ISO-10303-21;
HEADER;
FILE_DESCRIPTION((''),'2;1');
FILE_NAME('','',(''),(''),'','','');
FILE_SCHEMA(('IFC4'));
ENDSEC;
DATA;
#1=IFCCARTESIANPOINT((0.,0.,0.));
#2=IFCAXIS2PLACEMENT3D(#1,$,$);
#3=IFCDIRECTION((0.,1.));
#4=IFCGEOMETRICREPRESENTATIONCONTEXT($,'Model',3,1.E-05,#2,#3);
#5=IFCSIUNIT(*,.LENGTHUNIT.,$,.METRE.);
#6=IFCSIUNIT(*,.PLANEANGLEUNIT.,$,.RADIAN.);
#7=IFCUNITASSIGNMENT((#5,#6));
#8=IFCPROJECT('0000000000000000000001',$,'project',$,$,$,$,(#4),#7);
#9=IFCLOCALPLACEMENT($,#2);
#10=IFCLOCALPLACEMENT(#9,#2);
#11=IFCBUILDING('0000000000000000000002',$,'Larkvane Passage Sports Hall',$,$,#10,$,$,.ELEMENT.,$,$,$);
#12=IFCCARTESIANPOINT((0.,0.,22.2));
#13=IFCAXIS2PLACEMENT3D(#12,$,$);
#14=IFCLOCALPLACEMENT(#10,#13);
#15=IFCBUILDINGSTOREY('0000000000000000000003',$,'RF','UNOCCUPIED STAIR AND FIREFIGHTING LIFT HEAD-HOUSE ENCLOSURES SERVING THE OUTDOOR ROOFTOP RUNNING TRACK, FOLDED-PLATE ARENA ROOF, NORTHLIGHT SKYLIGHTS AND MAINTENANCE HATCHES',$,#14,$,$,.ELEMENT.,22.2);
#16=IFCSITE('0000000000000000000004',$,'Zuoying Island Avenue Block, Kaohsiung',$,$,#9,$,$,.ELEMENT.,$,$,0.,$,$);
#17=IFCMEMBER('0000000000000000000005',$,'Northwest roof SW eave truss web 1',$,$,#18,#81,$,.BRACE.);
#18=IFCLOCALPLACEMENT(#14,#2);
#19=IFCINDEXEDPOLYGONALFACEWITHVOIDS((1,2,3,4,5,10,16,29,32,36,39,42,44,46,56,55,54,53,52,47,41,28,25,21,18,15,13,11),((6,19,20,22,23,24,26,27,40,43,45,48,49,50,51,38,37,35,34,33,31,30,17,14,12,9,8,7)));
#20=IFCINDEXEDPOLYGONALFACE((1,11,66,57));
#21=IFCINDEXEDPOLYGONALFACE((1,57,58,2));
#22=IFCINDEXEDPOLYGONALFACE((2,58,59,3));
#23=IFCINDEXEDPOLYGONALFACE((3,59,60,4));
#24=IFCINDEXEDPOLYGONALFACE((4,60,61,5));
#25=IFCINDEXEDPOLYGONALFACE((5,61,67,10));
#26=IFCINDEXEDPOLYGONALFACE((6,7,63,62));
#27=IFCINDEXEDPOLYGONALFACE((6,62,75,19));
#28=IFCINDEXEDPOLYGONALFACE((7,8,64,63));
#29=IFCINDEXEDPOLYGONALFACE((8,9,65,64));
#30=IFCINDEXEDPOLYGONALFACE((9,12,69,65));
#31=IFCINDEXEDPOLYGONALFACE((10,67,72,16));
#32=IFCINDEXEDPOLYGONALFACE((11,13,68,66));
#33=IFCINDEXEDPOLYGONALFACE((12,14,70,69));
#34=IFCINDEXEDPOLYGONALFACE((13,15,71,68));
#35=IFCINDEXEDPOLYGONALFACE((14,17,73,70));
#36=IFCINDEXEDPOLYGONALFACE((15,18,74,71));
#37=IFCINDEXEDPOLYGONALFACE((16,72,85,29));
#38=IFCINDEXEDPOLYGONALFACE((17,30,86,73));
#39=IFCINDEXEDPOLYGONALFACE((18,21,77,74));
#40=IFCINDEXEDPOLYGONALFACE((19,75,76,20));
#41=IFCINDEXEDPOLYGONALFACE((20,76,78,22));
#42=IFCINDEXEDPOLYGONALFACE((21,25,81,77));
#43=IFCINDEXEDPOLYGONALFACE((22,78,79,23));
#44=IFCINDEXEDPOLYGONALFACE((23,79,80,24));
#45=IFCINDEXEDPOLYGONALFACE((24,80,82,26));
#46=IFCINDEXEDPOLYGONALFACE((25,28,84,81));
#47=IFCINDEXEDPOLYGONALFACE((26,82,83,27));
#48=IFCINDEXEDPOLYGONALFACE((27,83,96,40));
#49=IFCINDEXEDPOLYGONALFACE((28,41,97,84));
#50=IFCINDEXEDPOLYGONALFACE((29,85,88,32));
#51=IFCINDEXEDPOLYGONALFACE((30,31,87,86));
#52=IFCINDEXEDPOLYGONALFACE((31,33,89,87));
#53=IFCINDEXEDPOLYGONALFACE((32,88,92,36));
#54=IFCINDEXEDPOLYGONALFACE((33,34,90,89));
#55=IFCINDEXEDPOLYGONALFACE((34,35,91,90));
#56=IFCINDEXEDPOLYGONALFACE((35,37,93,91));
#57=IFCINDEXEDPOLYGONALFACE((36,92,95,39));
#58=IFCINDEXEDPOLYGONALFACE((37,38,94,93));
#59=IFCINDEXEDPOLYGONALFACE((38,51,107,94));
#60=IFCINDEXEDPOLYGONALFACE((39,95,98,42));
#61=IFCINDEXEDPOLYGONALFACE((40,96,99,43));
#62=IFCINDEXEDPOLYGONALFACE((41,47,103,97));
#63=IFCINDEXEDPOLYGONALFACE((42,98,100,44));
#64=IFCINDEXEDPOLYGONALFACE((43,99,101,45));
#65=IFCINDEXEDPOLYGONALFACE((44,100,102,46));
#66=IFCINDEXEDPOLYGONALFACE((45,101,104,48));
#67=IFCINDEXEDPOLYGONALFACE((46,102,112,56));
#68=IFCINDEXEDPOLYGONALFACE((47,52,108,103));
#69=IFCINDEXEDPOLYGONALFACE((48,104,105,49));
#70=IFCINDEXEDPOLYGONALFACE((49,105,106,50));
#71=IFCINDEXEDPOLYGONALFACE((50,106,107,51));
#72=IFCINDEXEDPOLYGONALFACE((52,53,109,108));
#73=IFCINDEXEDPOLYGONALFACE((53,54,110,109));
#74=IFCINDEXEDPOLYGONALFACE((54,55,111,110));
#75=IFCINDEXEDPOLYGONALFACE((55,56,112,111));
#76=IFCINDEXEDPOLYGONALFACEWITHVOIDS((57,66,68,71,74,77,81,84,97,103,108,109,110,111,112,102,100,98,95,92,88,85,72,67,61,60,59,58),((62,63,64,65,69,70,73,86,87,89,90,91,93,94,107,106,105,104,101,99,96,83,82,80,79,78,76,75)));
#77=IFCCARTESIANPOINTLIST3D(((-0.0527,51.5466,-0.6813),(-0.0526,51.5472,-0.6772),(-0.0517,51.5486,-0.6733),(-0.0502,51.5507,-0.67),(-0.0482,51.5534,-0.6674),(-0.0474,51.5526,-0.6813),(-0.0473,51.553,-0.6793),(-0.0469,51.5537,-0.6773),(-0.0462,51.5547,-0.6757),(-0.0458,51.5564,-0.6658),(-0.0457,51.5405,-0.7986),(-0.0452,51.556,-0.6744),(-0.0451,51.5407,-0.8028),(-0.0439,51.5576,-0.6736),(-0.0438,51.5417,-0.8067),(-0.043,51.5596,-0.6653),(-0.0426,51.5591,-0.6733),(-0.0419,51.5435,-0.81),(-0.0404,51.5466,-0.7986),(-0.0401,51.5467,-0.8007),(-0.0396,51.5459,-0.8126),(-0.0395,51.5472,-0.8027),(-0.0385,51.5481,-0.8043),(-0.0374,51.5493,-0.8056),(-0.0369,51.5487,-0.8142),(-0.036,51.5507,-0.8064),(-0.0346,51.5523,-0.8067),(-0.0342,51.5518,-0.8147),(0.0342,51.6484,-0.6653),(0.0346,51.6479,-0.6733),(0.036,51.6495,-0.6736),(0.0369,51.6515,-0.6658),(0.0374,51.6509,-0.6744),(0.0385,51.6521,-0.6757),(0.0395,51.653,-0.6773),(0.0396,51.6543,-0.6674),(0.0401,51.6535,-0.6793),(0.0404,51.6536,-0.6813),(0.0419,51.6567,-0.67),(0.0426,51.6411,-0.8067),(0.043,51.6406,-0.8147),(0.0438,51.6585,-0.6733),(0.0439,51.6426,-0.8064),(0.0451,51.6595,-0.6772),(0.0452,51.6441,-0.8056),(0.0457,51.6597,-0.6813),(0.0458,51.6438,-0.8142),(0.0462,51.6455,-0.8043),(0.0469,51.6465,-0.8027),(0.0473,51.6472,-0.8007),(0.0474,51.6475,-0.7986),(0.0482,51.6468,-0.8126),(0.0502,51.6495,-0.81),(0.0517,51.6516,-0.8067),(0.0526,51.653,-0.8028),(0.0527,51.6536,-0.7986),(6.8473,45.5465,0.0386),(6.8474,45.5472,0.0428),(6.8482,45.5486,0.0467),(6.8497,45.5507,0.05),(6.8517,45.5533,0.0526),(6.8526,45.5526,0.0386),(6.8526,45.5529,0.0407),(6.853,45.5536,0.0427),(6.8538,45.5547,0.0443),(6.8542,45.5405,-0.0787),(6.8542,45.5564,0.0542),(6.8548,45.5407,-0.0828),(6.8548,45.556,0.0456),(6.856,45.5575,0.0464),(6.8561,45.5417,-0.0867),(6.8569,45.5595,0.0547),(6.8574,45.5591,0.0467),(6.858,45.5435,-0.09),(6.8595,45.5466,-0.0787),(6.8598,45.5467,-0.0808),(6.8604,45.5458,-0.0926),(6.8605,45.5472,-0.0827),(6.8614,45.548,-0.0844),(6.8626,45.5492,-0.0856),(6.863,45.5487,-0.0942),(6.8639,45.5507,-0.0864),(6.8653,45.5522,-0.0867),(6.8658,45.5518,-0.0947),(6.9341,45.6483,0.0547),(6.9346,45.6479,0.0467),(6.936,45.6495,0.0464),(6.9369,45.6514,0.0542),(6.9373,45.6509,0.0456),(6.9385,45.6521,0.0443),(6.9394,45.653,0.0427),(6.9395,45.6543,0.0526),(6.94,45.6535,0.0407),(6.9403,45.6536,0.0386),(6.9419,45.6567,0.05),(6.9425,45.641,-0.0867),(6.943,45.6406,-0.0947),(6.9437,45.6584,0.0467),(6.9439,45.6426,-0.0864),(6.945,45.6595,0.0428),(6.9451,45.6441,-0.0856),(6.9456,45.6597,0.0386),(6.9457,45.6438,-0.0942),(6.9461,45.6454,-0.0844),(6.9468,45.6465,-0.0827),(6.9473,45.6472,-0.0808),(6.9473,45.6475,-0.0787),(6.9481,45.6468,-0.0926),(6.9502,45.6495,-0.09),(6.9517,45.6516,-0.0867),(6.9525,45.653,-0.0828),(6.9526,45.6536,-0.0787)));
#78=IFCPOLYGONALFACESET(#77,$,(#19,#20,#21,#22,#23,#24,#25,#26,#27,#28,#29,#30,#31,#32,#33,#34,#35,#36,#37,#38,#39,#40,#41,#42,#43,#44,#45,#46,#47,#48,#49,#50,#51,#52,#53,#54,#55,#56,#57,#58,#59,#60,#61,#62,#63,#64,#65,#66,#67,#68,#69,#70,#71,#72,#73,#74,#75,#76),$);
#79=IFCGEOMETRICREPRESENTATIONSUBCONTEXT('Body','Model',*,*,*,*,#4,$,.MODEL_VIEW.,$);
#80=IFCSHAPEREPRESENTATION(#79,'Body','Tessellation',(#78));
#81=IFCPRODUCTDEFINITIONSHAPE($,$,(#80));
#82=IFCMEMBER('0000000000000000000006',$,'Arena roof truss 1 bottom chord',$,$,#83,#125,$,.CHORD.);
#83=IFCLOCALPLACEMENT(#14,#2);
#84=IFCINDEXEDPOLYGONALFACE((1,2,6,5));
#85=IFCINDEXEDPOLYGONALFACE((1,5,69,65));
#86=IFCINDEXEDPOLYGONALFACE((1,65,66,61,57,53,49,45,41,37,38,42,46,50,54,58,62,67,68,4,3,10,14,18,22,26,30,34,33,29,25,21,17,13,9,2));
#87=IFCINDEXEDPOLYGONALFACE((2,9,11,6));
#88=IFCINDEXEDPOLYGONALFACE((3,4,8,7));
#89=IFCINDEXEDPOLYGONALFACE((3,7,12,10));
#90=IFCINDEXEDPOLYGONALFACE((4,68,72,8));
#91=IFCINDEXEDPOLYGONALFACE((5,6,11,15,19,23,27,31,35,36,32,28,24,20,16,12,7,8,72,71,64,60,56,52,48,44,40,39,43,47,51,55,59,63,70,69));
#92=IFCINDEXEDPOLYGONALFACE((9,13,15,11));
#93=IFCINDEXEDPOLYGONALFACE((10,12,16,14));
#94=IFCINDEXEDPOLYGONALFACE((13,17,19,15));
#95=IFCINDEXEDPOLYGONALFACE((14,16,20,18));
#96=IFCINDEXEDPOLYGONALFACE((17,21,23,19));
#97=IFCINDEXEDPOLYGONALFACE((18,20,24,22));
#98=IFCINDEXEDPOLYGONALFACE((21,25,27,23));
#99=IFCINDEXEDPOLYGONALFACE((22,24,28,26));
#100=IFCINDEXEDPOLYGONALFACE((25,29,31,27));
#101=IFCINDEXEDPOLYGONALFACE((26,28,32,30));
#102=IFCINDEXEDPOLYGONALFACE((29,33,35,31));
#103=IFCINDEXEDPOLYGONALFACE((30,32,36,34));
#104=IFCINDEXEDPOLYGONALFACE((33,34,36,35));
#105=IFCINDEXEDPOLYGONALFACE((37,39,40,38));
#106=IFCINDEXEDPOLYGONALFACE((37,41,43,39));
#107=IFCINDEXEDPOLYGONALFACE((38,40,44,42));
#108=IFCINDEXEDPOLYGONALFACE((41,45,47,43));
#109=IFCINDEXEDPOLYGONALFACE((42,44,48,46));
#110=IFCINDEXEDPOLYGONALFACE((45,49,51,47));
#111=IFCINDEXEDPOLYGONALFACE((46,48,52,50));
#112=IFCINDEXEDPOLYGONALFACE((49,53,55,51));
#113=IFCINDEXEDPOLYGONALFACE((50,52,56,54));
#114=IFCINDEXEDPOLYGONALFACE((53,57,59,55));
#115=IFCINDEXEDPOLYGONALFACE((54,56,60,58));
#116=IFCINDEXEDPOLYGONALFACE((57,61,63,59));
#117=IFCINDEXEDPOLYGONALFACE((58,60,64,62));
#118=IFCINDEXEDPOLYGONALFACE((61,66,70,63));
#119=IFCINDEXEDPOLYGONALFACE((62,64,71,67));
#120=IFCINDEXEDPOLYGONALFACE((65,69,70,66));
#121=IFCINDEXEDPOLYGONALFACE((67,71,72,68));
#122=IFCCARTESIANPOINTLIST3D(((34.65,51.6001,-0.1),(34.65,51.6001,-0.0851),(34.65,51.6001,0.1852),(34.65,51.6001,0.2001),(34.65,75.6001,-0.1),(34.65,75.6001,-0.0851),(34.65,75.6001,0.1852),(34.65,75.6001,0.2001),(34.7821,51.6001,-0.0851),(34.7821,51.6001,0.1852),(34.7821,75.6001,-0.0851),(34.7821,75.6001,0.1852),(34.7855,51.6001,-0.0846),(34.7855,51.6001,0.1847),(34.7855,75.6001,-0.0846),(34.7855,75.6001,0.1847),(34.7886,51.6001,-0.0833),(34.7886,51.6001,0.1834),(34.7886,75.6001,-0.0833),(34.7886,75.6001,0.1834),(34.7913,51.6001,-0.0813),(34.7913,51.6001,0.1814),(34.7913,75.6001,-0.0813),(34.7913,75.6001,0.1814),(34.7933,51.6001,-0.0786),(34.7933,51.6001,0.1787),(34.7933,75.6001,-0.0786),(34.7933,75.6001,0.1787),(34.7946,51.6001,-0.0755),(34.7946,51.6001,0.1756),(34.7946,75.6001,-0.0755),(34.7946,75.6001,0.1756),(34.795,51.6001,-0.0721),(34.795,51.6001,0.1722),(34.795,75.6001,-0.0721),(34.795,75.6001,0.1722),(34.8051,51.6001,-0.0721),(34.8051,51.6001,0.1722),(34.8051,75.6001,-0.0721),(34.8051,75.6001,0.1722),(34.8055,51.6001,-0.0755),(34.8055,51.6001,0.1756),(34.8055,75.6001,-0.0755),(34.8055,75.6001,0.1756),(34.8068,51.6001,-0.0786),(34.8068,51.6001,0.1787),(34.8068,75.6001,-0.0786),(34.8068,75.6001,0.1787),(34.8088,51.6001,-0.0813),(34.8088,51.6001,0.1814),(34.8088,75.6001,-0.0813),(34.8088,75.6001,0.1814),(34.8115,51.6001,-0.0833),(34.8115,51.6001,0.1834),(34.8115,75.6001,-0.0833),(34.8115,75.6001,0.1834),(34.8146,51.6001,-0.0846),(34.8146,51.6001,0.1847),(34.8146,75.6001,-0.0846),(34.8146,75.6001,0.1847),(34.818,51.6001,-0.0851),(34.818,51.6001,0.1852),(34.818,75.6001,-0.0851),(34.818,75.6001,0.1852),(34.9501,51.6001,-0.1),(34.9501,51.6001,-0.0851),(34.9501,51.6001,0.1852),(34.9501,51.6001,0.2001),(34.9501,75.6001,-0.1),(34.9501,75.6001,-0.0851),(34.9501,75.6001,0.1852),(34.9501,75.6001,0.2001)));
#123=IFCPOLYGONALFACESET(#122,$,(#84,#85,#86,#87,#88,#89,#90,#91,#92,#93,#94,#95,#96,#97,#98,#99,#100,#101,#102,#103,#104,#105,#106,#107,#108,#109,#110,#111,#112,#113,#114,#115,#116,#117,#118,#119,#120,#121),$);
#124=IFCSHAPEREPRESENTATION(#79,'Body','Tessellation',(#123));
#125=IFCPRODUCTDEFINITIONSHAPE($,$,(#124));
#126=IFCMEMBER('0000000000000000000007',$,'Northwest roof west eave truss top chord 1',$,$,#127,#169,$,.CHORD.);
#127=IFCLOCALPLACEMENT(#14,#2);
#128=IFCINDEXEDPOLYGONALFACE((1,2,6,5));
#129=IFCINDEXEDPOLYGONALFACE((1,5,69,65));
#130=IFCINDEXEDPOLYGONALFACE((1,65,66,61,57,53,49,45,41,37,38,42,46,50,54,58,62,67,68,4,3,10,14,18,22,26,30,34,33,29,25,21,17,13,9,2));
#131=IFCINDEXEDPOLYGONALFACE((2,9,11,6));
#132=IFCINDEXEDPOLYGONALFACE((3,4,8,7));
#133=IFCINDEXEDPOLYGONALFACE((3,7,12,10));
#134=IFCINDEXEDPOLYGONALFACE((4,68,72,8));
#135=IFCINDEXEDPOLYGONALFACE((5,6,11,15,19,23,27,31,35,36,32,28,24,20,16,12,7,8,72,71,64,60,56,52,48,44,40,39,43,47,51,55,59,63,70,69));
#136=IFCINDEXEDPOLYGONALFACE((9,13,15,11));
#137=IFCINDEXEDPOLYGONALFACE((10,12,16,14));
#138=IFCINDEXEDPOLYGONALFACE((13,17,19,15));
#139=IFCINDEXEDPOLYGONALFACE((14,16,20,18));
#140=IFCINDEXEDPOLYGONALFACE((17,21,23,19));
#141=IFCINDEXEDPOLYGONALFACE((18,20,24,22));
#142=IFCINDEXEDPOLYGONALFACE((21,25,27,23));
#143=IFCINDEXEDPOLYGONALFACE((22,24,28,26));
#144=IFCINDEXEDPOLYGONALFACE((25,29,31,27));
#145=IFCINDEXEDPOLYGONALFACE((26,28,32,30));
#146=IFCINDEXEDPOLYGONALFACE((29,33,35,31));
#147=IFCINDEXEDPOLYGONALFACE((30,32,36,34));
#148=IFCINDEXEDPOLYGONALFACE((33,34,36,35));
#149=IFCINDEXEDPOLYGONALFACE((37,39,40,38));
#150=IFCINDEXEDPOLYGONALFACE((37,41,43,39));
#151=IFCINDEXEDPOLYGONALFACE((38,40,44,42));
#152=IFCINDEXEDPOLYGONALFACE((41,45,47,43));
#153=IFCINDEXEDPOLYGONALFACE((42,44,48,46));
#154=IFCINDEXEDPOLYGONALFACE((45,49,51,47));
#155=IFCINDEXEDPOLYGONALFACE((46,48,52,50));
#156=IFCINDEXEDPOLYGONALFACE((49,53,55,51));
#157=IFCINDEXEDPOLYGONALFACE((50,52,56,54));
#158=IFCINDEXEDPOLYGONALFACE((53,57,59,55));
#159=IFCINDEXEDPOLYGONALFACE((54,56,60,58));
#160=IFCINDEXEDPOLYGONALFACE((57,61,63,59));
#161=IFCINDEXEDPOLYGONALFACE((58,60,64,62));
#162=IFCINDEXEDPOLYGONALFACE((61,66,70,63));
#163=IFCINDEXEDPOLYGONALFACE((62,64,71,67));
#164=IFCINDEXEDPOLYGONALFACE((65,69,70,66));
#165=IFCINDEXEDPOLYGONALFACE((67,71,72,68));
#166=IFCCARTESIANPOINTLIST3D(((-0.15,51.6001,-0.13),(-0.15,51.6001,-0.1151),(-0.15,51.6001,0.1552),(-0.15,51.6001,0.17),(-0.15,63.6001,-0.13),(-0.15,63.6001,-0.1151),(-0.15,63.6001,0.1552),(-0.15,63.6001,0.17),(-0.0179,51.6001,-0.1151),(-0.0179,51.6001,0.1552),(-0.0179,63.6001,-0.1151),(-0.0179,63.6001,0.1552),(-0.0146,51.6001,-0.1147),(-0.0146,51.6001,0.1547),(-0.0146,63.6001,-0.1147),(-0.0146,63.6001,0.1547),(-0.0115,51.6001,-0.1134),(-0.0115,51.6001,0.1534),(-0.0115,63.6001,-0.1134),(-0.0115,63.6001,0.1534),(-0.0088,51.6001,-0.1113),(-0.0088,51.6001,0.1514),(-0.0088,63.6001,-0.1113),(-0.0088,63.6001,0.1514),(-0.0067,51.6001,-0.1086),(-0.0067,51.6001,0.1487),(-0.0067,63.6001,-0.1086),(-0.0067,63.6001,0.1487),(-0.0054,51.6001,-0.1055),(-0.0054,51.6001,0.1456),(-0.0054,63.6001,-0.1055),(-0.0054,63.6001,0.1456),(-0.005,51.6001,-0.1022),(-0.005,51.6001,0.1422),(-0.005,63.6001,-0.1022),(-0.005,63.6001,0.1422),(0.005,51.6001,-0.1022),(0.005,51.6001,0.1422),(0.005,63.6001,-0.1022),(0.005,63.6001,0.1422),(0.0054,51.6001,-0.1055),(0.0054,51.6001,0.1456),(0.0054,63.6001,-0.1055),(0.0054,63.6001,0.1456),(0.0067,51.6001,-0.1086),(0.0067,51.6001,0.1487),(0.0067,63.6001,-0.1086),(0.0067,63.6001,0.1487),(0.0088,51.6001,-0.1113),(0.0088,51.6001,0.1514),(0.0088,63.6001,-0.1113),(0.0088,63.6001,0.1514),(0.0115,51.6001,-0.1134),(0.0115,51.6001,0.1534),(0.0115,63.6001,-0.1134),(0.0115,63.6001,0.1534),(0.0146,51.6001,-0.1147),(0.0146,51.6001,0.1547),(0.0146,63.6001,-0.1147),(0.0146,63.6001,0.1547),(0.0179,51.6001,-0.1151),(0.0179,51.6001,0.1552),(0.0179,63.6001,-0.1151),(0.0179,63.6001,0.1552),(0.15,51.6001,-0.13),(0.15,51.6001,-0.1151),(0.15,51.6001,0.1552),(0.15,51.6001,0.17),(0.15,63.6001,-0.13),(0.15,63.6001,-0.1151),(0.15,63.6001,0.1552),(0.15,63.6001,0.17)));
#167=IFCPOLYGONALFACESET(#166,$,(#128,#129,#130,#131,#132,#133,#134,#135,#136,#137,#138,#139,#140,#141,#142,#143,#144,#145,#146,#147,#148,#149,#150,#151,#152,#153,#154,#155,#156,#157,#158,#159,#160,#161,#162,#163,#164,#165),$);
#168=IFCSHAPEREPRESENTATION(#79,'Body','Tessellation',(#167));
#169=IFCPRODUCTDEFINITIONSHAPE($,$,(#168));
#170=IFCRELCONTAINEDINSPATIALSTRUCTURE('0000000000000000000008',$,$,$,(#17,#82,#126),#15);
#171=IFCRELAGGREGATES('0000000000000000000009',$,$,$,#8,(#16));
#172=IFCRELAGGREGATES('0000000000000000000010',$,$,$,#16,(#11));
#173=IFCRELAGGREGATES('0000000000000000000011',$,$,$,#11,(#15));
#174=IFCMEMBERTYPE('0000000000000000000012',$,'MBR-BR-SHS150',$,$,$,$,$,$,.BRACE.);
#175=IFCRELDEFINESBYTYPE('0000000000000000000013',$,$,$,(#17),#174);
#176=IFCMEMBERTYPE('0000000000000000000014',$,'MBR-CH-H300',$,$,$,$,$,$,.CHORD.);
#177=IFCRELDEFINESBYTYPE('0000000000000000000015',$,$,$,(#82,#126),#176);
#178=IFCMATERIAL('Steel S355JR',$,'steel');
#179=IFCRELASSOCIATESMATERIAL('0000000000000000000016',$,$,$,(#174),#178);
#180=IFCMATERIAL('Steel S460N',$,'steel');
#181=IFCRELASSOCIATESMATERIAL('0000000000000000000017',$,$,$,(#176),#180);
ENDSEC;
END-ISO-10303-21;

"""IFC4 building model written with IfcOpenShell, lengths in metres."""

from ifc_helpers import new_model, si_unit, direction, frame, origin, origin_2d, place, context, subcontext, project, spatial, hollow_rectangle, i_section, extrude, material, material_profile, profile_set, type_object, element, save


model = new_model("IFC4")

# Units and contexts
model_context = context("Model", 3, precision=1e-05, world=origin(), true_north=direction((0.0, 1.0)))
body_context = subcontext(model_context, "Body", "Model", "MODEL_VIEW")
ifc_project = project(units=[si_unit("LENGTHUNIT", "METRE"), si_unit("PLANEANGLEUNIT", "RADIAN")], contexts=[model_context])

# Site, building, storey
site_placement = place(None, origin())
site = spatial("IfcSite", under=ifc_project, at=site_placement, Name="Zuoying Island Avenue Block, Kaohsiung", CompositionType="ELEMENT", RefElevation=0.0)
building_placement = place(site_placement, origin())
building = spatial("IfcBuilding", under=site, at=building_placement, Name="Larkvane Passage Sports Hall", CompositionType="ELEMENT")
storey_placement = place(building_placement, frame((0.0, 0.0, 22.2)))
storey = spatial("IfcBuildingStorey", under=building, at=storey_placement, Name="RF", Description="UNOCCUPIED STAIR AND FIREFIGHTING LIFT HEAD-HOUSE ENCLOSURES SERVING THE OUTDOOR ROOFTOP RUNNING TRACK, FOLDED-PLATE ARENA ROOF, NORTHLIGHT SKYLIGHTS AND MAINTENANCE HATCHES", CompositionType="ELEMENT", Elevation=22.2)

# Members
ifc_material_1 = material(Name="Steel S355JR", Category="steel")
ifc_material_profile_1 = material_profile(ifc_material_1, hollow_rectangle(XDim=0.1499, YDim=0.1499, WallThickness=0.0081, InnerFilletRadius=0.0081, OuterFilletRadius=0.0161, at=origin_2d()), Name="SHS-150x150x8")
ifc_profile_set_1 = profile_set([ifc_material_profile_1], Name="Steel S355JR")
member_type_1 = type_object("IfcMemberType", Name="MBR-BR-SHS150", PredefinedType="BRACE", material=ifc_profile_set_1)
member_1_placement = place(storey_placement, frame((0.0, 51.6001, -0.74), z_axis=(0.752273, -0.654159, 0.078496), x_axis=(0.656184, 0.754601, 0.0)))
element("IfcMember", 1, at=member_1_placement, inside=storey, type_object=member_type_1, Name="Northwest roof SW eave truss web 1", PredefinedType="BRACE", context=body_context, shape_type="SweptSolid", body=[
    extrude(hollow_rectangle(XDim=0.1499, YDim=0.1499, WallThickness=0.0081, InnerFilletRadius=0.0081, OuterFilletRadius=0.0161, at=origin_2d()), origin(), (0.0, 0.0, 1.0), 9.1721),
])
ifc_material_2 = material(Name="Steel S460N", Category="steel")
ifc_material_profile_2 = material_profile(ifc_material_2, i_section(OverallWidth=0.3, OverallDepth=0.3, WebThickness=0.01, FlangeThickness=0.0149, FilletRadius=0.0129, at=origin_2d()), Name="H-300x300x10x15")
ifc_profile_set_2 = profile_set([ifc_material_profile_2], Name="Steel S460N")
member_type_2 = type_object("IfcMemberType", Name="MBR-CH-H300", PredefinedType="CHORD", material=ifc_profile_set_2)
member_2_placement = place(storey_placement, frame((34.8, 51.6001, 0.05), z_axis=(0.0, 1.0, 0.0), x_axis=(-1.0, 0.0, 0.0)))
element("IfcMember", 2, at=member_2_placement, inside=storey, type_object=member_type_2, Name="Arena roof truss 1 bottom chord", PredefinedType="CHORD", context=body_context, shape_type="SweptSolid", body=[
    extrude(i_section(OverallWidth=0.3, OverallDepth=0.3, WebThickness=0.01, FlangeThickness=0.0149, FilletRadius=0.0129, at=origin_2d()), origin(), (0.0, 0.0, 1.0), 24.0),
])
for number, where, z_axis, x_axis, name in (
    (3, (0.0, 51.6001, 0.02), (0.0, 1.0, 0.0), (-1.0, 0.0, 0.0), "Northwest roof west eave truss top chord 1"),
):
    element("IfcMember", number, at=place(storey_placement, frame(where, z_axis=z_axis, x_axis=x_axis)), inside=storey, type_object=member_type_2, Name=name, PredefinedType="CHORD", context=body_context, shape_type="SweptSolid", body=[
        extrude(i_section(OverallWidth=0.3, OverallDepth=0.3, WebThickness=0.01, FlangeThickness=0.0149, FilletRadius=0.0129, at=origin_2d()), origin(), (0.0, 0.0, 1.0), 12.0),
    ])

save(model, "model.ifc")
